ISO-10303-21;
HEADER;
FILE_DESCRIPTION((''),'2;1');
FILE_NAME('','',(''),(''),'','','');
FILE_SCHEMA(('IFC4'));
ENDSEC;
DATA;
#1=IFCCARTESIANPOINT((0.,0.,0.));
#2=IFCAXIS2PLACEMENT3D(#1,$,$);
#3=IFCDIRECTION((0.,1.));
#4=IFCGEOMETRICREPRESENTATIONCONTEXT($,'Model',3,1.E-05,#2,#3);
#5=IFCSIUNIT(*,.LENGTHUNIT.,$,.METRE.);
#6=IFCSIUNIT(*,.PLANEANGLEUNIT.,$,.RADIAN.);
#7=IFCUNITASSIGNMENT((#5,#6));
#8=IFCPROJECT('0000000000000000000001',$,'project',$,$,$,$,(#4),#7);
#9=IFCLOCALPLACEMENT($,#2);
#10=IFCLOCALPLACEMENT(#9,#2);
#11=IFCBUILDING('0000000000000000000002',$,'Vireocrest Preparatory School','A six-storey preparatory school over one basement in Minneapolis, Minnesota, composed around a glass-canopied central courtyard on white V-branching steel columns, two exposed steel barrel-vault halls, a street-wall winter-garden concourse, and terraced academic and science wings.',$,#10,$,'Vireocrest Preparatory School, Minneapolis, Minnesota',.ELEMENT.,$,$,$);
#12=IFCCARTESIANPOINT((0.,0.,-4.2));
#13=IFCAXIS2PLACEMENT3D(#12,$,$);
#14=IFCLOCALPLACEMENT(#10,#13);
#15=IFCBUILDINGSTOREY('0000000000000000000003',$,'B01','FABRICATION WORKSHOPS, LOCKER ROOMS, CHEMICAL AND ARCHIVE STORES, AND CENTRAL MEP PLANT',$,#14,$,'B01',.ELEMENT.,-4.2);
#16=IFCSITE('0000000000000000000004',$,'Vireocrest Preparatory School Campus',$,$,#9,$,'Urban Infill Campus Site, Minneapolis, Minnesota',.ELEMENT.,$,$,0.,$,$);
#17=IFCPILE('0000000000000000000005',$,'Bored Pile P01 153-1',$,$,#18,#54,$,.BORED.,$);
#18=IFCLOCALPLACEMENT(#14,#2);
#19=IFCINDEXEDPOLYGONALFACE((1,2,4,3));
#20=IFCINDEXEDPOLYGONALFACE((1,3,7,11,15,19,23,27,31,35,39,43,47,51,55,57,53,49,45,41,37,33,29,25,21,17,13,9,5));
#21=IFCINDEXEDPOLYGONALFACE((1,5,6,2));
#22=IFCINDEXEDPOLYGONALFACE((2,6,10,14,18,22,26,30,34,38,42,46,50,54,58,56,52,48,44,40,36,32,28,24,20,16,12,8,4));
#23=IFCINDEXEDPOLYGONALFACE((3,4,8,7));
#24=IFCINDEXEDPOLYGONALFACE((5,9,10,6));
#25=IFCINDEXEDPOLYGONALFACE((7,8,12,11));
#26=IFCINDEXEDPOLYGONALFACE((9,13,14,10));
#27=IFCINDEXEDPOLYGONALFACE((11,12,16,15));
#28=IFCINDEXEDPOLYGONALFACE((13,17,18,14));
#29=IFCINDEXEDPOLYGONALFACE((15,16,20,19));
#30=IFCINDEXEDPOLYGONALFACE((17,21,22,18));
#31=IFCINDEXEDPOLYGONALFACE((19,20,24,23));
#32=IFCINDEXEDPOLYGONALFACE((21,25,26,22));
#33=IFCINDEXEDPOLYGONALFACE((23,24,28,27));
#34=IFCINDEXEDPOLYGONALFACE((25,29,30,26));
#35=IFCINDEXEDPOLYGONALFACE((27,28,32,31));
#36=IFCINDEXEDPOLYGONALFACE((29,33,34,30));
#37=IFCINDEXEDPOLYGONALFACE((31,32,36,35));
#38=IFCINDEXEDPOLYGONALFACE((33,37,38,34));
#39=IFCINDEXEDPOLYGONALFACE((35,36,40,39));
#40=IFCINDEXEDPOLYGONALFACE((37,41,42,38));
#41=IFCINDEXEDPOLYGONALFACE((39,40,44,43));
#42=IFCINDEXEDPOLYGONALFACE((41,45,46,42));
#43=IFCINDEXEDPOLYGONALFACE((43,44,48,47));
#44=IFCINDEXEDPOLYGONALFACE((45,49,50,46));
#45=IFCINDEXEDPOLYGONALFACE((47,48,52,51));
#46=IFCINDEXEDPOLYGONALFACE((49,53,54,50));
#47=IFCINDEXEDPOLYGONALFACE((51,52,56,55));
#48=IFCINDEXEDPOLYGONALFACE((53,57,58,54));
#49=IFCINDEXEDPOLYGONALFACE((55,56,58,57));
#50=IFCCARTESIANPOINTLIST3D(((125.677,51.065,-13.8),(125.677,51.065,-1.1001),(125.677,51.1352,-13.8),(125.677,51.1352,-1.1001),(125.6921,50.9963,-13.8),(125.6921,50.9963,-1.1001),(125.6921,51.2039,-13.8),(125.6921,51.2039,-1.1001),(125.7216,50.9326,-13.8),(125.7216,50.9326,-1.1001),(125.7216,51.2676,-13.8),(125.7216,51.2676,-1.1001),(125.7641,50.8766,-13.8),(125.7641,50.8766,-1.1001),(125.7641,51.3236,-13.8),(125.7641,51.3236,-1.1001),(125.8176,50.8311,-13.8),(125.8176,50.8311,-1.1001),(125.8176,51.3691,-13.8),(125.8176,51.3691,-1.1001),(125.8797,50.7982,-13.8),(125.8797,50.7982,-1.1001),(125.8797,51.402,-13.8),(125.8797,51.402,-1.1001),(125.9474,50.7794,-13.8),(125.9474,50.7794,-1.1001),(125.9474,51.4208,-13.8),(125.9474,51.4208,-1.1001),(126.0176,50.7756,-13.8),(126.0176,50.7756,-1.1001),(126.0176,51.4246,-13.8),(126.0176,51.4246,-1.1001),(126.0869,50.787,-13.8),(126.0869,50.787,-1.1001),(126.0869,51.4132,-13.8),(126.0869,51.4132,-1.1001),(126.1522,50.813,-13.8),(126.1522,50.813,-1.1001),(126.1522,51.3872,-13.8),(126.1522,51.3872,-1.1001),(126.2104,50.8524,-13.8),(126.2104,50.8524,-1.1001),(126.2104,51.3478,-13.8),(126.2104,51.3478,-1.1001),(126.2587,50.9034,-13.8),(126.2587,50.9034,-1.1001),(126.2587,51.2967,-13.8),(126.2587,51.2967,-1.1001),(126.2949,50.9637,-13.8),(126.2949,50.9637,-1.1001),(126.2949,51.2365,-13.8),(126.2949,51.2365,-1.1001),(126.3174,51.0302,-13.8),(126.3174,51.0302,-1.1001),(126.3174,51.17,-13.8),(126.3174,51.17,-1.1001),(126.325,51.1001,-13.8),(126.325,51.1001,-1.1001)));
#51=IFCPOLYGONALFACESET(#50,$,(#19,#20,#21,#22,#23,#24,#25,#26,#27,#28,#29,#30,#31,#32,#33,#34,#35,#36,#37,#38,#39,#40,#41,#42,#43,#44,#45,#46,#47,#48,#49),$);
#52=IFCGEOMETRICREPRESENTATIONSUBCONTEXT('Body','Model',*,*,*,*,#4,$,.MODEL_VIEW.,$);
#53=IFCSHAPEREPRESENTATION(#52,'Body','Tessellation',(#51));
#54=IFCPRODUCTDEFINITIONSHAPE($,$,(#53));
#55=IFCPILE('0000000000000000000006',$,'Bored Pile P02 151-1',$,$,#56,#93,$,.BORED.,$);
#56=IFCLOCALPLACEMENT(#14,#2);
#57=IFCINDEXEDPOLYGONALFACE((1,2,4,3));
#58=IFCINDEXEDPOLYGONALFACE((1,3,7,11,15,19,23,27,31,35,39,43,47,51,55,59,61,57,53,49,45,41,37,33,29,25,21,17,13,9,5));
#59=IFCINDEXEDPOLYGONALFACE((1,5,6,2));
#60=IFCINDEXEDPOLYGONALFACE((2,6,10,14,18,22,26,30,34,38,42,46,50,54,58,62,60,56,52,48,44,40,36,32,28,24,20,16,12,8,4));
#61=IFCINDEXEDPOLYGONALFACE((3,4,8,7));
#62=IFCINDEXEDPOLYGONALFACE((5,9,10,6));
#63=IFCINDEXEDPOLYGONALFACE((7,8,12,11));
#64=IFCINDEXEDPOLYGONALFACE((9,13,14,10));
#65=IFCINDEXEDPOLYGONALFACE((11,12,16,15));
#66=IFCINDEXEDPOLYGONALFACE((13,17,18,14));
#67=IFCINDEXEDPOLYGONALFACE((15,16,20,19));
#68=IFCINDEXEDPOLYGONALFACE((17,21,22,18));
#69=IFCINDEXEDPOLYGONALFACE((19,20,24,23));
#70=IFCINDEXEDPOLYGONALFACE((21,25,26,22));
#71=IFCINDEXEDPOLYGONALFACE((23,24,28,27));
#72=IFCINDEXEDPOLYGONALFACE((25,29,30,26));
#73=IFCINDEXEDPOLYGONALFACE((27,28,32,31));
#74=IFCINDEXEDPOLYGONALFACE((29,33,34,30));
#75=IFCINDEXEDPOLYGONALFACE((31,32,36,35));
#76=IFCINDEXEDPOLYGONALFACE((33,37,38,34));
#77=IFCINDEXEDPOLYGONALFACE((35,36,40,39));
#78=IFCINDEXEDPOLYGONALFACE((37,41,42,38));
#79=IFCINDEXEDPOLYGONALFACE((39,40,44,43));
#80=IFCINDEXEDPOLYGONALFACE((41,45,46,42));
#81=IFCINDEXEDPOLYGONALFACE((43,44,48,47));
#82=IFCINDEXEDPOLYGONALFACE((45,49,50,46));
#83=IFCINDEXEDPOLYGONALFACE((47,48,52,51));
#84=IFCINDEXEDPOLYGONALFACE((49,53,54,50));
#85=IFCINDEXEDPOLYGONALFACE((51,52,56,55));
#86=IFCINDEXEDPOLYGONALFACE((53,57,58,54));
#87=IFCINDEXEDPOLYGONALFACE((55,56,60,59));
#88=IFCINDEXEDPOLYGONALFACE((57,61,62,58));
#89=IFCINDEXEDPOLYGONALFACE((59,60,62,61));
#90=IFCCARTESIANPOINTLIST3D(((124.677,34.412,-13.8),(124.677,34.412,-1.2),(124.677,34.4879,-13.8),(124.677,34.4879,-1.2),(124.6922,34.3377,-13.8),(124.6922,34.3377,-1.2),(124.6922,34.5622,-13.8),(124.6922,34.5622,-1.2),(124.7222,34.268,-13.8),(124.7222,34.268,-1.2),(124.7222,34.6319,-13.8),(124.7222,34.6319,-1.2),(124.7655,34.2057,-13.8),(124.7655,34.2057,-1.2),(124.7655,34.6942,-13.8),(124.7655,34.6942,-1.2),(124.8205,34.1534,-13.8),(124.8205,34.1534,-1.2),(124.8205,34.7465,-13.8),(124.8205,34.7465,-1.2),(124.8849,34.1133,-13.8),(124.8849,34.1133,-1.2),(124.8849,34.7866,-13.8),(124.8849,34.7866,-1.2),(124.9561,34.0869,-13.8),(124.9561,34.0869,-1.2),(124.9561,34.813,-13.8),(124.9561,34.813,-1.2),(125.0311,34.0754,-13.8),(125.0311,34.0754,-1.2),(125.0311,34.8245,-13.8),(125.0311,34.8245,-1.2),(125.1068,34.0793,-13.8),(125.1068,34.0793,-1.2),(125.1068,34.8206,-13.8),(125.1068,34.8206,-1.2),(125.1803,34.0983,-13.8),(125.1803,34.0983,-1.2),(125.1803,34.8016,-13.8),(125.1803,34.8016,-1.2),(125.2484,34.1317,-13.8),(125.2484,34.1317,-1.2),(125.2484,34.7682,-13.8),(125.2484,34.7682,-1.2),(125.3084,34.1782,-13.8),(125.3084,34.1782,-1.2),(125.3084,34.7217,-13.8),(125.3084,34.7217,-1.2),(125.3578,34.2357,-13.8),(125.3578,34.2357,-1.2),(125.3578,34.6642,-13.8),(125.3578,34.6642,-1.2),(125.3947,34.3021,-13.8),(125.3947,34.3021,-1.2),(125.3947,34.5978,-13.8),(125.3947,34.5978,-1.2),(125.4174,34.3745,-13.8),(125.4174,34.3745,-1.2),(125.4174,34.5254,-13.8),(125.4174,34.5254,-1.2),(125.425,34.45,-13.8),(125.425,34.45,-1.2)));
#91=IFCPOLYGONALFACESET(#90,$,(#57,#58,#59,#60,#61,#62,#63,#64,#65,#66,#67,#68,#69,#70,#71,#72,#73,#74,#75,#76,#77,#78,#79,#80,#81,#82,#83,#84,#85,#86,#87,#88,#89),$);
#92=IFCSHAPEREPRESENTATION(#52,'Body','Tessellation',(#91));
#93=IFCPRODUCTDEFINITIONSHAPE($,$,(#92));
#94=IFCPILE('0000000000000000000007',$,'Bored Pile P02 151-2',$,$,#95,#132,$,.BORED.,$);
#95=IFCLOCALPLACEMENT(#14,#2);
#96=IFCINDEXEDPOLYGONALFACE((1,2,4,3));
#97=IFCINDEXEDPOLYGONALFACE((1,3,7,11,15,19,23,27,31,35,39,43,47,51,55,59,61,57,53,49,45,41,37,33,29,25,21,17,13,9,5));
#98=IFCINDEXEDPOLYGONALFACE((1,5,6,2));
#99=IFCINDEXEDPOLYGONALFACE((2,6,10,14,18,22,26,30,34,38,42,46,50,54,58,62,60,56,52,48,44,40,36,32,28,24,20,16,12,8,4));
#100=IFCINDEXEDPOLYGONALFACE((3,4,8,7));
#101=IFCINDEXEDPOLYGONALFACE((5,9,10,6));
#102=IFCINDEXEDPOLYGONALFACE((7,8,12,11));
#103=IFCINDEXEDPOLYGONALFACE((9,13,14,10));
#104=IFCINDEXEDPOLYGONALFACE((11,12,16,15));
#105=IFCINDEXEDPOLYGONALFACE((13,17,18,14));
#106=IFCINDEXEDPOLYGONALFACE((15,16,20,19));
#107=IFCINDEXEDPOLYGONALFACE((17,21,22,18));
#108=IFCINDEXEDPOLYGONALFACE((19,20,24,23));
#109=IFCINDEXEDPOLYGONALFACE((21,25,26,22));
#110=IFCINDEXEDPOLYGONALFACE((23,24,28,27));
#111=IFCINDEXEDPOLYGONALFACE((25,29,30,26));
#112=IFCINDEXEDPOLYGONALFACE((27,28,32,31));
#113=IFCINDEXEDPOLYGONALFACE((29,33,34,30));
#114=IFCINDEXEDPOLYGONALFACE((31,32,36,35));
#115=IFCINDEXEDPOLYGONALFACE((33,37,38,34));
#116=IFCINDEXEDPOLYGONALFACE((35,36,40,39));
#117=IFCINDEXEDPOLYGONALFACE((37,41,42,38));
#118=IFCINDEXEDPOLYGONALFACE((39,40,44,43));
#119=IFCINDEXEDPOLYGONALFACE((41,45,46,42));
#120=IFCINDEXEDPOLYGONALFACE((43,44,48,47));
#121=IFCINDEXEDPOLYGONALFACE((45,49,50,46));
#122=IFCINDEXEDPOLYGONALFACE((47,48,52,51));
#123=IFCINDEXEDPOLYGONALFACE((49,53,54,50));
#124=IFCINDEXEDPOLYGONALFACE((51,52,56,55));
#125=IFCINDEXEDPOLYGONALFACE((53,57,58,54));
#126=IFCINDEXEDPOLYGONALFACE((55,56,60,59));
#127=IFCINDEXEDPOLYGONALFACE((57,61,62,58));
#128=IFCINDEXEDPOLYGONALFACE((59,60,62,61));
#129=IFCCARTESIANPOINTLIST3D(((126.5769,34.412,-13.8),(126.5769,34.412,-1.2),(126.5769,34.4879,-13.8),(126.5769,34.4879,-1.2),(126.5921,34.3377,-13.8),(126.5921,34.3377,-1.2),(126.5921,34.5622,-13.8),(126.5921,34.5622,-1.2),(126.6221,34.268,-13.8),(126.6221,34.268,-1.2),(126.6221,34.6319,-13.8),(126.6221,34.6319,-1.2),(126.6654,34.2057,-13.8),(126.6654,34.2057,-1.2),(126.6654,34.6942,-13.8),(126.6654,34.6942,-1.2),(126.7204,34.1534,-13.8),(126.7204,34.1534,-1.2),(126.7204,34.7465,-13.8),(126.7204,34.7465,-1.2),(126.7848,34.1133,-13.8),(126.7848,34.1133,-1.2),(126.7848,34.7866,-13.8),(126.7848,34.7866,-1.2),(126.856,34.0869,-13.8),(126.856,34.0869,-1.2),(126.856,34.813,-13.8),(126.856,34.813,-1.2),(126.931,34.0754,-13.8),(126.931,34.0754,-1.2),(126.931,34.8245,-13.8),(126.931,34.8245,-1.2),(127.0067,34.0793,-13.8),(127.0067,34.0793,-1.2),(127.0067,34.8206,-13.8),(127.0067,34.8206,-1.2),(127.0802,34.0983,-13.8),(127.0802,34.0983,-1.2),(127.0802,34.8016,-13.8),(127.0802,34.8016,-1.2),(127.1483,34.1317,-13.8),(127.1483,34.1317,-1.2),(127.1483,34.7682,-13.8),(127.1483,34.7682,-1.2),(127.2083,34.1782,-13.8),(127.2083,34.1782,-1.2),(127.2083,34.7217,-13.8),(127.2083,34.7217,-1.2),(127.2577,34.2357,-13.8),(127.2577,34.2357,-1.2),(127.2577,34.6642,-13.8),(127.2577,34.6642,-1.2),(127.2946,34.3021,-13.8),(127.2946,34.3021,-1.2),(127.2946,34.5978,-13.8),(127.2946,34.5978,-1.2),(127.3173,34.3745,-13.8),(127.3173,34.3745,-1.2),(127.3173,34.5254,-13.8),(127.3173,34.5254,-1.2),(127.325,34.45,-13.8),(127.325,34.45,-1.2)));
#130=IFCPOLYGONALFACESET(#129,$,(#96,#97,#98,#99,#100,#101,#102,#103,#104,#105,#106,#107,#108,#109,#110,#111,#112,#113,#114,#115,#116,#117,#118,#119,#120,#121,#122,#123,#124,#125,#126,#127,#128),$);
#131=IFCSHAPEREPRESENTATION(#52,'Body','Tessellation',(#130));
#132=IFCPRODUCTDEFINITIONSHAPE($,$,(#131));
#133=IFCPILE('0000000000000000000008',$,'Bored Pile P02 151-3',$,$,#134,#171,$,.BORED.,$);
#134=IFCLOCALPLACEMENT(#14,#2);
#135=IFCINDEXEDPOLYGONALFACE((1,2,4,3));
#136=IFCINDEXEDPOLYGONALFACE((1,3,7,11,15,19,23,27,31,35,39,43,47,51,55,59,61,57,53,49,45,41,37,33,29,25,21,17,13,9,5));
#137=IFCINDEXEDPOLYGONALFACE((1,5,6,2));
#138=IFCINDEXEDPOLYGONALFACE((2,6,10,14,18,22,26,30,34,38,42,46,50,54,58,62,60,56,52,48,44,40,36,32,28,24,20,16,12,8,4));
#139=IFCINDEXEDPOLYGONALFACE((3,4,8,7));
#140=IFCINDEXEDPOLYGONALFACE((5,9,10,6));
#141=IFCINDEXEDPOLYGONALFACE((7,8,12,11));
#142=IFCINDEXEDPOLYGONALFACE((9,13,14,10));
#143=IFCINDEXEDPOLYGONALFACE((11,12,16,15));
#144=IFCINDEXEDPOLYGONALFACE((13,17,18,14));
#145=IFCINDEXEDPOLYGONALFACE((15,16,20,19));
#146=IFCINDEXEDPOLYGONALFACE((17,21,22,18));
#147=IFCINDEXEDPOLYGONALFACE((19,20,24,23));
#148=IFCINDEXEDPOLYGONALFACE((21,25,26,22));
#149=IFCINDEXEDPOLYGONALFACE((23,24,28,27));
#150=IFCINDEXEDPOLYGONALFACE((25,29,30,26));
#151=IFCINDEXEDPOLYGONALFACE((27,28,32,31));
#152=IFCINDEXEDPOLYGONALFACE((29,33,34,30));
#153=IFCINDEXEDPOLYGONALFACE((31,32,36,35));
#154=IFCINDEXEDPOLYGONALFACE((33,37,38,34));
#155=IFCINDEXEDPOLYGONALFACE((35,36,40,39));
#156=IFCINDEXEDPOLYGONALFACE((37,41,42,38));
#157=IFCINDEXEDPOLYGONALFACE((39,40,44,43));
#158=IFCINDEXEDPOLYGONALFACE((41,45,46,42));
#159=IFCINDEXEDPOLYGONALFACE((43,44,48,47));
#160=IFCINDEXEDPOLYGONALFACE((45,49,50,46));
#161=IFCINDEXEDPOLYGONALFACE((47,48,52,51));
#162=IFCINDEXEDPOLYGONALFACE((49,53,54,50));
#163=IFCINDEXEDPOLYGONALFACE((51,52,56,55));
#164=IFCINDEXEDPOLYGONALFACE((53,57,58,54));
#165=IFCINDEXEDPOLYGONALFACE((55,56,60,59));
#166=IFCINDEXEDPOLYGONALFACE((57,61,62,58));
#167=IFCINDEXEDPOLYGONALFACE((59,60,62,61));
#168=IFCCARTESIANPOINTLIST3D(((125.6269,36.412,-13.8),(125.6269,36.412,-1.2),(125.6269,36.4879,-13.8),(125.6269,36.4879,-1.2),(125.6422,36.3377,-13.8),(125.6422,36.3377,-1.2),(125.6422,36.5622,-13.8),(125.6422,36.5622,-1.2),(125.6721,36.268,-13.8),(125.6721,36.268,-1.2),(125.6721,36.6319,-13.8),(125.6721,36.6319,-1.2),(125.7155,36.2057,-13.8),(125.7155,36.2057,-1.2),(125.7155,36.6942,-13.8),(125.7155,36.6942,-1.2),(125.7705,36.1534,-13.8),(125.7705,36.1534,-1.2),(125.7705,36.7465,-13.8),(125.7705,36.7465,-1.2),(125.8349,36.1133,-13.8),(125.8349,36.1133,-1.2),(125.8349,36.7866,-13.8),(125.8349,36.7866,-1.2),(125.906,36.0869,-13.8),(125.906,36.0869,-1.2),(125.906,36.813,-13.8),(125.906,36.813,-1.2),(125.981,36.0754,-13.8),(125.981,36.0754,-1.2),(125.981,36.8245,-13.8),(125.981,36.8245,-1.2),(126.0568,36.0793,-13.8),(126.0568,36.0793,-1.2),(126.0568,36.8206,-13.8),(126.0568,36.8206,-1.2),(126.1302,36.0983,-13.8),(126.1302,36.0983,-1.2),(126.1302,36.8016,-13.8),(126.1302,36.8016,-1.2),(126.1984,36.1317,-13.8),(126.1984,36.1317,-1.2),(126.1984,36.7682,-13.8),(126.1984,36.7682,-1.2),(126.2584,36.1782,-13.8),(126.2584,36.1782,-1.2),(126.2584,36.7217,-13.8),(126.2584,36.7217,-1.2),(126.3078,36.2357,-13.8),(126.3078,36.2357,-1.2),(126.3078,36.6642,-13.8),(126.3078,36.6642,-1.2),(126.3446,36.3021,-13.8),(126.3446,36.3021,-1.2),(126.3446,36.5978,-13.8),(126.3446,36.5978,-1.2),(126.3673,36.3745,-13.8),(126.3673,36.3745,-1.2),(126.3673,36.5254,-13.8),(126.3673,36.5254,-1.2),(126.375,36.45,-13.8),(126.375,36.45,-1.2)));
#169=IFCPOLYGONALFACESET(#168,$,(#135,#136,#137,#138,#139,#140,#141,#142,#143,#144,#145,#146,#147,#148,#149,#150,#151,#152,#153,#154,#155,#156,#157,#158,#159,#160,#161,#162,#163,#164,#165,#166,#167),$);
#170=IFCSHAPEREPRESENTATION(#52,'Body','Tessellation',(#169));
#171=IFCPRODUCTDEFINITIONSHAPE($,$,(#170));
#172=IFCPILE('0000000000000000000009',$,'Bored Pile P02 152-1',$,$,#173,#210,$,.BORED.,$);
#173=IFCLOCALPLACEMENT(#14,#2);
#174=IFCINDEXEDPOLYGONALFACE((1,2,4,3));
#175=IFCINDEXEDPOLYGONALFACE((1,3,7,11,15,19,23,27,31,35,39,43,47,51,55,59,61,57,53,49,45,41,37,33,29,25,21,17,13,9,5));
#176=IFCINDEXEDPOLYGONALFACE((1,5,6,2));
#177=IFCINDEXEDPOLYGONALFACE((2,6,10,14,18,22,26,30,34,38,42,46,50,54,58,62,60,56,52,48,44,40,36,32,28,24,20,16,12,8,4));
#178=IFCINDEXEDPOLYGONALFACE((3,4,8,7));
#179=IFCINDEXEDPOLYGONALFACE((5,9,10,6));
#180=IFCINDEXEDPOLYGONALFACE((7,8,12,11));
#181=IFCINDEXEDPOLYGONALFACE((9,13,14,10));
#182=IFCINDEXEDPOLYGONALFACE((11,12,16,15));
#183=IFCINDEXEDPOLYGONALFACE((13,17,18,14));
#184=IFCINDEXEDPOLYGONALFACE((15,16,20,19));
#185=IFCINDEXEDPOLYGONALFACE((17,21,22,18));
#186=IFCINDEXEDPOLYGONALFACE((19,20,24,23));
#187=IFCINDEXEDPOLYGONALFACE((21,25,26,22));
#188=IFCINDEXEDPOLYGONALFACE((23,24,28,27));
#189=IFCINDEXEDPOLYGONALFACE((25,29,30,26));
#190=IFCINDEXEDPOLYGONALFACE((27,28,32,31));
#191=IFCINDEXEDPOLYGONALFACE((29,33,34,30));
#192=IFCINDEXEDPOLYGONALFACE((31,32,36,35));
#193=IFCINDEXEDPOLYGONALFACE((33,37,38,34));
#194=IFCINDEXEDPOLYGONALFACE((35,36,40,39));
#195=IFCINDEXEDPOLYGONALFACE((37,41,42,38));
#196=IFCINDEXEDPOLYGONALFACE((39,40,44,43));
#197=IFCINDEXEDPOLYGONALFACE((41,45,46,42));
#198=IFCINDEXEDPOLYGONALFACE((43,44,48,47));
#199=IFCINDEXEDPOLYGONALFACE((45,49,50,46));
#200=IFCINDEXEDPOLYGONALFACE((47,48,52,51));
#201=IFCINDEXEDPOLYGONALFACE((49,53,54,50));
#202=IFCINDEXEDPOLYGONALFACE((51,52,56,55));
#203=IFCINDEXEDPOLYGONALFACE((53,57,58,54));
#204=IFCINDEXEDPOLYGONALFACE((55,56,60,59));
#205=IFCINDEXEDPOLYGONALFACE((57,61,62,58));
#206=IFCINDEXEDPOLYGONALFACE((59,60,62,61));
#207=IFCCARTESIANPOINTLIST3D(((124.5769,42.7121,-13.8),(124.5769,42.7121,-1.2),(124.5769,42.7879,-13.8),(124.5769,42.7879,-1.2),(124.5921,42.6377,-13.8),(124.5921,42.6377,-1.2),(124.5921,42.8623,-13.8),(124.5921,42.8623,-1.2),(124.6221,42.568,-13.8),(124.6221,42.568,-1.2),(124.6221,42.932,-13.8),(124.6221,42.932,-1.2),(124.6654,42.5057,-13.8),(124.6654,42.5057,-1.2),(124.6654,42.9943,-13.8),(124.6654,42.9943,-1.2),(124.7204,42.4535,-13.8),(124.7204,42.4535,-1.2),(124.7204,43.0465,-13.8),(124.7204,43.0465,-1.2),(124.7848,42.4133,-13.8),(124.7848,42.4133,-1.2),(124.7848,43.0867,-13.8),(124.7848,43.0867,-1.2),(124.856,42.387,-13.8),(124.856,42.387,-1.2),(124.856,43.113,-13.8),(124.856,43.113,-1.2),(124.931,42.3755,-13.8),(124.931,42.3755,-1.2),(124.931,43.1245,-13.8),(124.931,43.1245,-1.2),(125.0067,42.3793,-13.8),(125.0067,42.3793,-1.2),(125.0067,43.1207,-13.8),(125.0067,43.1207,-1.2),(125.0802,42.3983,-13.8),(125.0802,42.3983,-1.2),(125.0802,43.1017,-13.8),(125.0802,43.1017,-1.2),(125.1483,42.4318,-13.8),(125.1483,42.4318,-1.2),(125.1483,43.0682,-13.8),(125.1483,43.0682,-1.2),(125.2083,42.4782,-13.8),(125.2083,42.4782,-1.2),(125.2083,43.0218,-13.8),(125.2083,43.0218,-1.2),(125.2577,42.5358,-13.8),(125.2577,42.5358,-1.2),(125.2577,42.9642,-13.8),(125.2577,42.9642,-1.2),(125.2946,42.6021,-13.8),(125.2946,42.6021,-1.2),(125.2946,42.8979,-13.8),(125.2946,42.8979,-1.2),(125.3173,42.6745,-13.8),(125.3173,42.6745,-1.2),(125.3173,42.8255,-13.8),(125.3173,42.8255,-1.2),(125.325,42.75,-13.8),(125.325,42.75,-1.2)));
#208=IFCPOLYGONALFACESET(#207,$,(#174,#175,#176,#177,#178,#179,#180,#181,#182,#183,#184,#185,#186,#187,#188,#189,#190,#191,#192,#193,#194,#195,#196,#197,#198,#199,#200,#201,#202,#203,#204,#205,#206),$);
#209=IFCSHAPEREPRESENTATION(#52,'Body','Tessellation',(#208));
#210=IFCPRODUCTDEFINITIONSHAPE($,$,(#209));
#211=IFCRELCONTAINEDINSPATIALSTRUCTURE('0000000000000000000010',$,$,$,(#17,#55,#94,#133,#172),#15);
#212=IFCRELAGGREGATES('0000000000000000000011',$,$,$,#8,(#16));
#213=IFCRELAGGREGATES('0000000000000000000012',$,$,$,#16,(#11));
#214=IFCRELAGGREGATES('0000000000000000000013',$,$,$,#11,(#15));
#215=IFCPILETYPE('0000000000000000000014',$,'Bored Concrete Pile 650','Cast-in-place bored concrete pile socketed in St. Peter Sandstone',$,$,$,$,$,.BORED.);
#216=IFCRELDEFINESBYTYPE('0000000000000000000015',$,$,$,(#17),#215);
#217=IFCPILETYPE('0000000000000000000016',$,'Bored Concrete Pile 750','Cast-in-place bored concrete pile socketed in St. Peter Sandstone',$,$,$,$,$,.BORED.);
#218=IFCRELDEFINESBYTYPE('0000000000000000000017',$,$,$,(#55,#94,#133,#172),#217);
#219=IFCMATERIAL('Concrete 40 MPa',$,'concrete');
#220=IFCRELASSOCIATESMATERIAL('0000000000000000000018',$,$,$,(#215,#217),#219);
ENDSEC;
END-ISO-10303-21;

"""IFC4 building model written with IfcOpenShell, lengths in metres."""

from ifc_helpers import new_model, si_unit, direction, frame, origin, origin_2d, place, context, subcontext, project, spatial, circle, extrude, material, material_profile, profile_set, type_object, element, save


model = new_model("IFC4")

# Units and contexts
model_context = context("Model", 3, precision=1e-05, world=origin(), true_north=direction((0.0, 1.0)))
body_context = subcontext(model_context, "Body", "Model", "MODEL_VIEW")
ifc_project = project(units=[si_unit("LENGTHUNIT", "METRE"), si_unit("PLANEANGLEUNIT", "RADIAN")], contexts=[model_context])

# Site, building, storey
site_placement = place(None, origin())
site = spatial("IfcSite", under=ifc_project, at=site_placement, Name="Vireocrest Preparatory School Campus", LongName="Urban Infill Campus Site, Minneapolis, Minnesota", CompositionType="ELEMENT", RefElevation=0.0)
building_placement = place(site_placement, origin())
building = spatial("IfcBuilding", under=site, at=building_placement, Name="Vireocrest Preparatory School", Description="A six-storey preparatory school over one basement in Minneapolis, Minnesota, composed around a glass-canopied central courtyard on white V-branching steel columns, two exposed steel barrel-vault halls, a street-wall winter-garden concourse, and terraced academic and science wings.", LongName="Vireocrest Preparatory School, Minneapolis, Minnesota", CompositionType="ELEMENT")
storey_placement = place(building_placement, frame((0.0, 0.0, -4.2)))
storey = spatial("IfcBuildingStorey", under=building, at=storey_placement, Name="B01", Description="FABRICATION WORKSHOPS, LOCKER ROOMS, CHEMICAL AND ARCHIVE STORES, AND CENTRAL MEP PLANT", LongName="B01", CompositionType="ELEMENT", Elevation=-4.2)

# Piles
ifc_material_1 = material(Name="Concrete 40 MPa", Category="concrete")
ifc_material_profile_1 = material_profile(ifc_material_1, circle(Radius=0.325, at=origin_2d()), Name="BORED PILE 650")
ifc_profile_set_1 = profile_set([ifc_material_profile_1], Name="Concrete 40 MPa")
pile_type_1 = type_object("IfcPileType", Name="Bored Concrete Pile 650", Description="Cast-in-place bored concrete pile socketed in St. Peter Sandstone", PredefinedType="BORED", material=ifc_profile_set_1)
pile_placement = place(storey_placement, frame((126.0, 51.1001, -1.1001), z_axis=(0.0, 0.0, -1.0), x_axis=(1.0, 0.0, 0.0)))
element("IfcPile", 1, at=pile_placement, inside=storey, type_object=pile_type_1, Name="Bored Pile P01 153-1", PredefinedType="BORED", context=body_context, shape_type="SweptSolid", body=[
    extrude(circle(Radius=0.325, at=origin_2d()), origin(), (0.0, 0.0, 1.0), 12.7),
])
ifc_material_profile_2 = material_profile(ifc_material_1, circle(Radius=0.375, at=origin_2d()), Name="BORED PILE 750")
ifc_profile_set_2 = profile_set([ifc_material_profile_2], Name="Concrete 40 MPa")
pile_type_2 = type_object("IfcPileType", Name="Bored Concrete Pile 750", Description="Cast-in-place bored concrete pile socketed in St. Peter Sandstone", PredefinedType="BORED", material=ifc_profile_set_2)
for number, where, z_axis, x_axis, name in (
    (2, (125.05, 34.45, -1.2), (0.0, 0.0, -1.0), (1.0, 0.0, 0.0), "Bored Pile P02 151-1"),
    (3, (126.95, 34.45, -1.2), (0.0, 0.0, -1.0), (1.0, 0.0, 0.0), "Bored Pile P02 151-2"),
    (4, (126.0, 36.45, -1.2), (0.0, 0.0, -1.0), (1.0, 0.0, 0.0), "Bored Pile P02 151-3"),
    (5, (124.95, 42.75, -1.2), (0.0, 0.0, -1.0), (1.0, 0.0, 0.0), "Bored Pile P02 152-1"),
):
    element("IfcPile", number, at=place(storey_placement, frame(where, z_axis=z_axis, x_axis=x_axis)), inside=storey, type_object=pile_type_2, Name=name, PredefinedType="BORED", context=body_context, shape_type="SweptSolid", body=[
        extrude(circle(Radius=0.375, at=origin_2d()), origin(), (0.0, 0.0, 1.0), 12.6001),
    ])

save(model, "model.ifc")
